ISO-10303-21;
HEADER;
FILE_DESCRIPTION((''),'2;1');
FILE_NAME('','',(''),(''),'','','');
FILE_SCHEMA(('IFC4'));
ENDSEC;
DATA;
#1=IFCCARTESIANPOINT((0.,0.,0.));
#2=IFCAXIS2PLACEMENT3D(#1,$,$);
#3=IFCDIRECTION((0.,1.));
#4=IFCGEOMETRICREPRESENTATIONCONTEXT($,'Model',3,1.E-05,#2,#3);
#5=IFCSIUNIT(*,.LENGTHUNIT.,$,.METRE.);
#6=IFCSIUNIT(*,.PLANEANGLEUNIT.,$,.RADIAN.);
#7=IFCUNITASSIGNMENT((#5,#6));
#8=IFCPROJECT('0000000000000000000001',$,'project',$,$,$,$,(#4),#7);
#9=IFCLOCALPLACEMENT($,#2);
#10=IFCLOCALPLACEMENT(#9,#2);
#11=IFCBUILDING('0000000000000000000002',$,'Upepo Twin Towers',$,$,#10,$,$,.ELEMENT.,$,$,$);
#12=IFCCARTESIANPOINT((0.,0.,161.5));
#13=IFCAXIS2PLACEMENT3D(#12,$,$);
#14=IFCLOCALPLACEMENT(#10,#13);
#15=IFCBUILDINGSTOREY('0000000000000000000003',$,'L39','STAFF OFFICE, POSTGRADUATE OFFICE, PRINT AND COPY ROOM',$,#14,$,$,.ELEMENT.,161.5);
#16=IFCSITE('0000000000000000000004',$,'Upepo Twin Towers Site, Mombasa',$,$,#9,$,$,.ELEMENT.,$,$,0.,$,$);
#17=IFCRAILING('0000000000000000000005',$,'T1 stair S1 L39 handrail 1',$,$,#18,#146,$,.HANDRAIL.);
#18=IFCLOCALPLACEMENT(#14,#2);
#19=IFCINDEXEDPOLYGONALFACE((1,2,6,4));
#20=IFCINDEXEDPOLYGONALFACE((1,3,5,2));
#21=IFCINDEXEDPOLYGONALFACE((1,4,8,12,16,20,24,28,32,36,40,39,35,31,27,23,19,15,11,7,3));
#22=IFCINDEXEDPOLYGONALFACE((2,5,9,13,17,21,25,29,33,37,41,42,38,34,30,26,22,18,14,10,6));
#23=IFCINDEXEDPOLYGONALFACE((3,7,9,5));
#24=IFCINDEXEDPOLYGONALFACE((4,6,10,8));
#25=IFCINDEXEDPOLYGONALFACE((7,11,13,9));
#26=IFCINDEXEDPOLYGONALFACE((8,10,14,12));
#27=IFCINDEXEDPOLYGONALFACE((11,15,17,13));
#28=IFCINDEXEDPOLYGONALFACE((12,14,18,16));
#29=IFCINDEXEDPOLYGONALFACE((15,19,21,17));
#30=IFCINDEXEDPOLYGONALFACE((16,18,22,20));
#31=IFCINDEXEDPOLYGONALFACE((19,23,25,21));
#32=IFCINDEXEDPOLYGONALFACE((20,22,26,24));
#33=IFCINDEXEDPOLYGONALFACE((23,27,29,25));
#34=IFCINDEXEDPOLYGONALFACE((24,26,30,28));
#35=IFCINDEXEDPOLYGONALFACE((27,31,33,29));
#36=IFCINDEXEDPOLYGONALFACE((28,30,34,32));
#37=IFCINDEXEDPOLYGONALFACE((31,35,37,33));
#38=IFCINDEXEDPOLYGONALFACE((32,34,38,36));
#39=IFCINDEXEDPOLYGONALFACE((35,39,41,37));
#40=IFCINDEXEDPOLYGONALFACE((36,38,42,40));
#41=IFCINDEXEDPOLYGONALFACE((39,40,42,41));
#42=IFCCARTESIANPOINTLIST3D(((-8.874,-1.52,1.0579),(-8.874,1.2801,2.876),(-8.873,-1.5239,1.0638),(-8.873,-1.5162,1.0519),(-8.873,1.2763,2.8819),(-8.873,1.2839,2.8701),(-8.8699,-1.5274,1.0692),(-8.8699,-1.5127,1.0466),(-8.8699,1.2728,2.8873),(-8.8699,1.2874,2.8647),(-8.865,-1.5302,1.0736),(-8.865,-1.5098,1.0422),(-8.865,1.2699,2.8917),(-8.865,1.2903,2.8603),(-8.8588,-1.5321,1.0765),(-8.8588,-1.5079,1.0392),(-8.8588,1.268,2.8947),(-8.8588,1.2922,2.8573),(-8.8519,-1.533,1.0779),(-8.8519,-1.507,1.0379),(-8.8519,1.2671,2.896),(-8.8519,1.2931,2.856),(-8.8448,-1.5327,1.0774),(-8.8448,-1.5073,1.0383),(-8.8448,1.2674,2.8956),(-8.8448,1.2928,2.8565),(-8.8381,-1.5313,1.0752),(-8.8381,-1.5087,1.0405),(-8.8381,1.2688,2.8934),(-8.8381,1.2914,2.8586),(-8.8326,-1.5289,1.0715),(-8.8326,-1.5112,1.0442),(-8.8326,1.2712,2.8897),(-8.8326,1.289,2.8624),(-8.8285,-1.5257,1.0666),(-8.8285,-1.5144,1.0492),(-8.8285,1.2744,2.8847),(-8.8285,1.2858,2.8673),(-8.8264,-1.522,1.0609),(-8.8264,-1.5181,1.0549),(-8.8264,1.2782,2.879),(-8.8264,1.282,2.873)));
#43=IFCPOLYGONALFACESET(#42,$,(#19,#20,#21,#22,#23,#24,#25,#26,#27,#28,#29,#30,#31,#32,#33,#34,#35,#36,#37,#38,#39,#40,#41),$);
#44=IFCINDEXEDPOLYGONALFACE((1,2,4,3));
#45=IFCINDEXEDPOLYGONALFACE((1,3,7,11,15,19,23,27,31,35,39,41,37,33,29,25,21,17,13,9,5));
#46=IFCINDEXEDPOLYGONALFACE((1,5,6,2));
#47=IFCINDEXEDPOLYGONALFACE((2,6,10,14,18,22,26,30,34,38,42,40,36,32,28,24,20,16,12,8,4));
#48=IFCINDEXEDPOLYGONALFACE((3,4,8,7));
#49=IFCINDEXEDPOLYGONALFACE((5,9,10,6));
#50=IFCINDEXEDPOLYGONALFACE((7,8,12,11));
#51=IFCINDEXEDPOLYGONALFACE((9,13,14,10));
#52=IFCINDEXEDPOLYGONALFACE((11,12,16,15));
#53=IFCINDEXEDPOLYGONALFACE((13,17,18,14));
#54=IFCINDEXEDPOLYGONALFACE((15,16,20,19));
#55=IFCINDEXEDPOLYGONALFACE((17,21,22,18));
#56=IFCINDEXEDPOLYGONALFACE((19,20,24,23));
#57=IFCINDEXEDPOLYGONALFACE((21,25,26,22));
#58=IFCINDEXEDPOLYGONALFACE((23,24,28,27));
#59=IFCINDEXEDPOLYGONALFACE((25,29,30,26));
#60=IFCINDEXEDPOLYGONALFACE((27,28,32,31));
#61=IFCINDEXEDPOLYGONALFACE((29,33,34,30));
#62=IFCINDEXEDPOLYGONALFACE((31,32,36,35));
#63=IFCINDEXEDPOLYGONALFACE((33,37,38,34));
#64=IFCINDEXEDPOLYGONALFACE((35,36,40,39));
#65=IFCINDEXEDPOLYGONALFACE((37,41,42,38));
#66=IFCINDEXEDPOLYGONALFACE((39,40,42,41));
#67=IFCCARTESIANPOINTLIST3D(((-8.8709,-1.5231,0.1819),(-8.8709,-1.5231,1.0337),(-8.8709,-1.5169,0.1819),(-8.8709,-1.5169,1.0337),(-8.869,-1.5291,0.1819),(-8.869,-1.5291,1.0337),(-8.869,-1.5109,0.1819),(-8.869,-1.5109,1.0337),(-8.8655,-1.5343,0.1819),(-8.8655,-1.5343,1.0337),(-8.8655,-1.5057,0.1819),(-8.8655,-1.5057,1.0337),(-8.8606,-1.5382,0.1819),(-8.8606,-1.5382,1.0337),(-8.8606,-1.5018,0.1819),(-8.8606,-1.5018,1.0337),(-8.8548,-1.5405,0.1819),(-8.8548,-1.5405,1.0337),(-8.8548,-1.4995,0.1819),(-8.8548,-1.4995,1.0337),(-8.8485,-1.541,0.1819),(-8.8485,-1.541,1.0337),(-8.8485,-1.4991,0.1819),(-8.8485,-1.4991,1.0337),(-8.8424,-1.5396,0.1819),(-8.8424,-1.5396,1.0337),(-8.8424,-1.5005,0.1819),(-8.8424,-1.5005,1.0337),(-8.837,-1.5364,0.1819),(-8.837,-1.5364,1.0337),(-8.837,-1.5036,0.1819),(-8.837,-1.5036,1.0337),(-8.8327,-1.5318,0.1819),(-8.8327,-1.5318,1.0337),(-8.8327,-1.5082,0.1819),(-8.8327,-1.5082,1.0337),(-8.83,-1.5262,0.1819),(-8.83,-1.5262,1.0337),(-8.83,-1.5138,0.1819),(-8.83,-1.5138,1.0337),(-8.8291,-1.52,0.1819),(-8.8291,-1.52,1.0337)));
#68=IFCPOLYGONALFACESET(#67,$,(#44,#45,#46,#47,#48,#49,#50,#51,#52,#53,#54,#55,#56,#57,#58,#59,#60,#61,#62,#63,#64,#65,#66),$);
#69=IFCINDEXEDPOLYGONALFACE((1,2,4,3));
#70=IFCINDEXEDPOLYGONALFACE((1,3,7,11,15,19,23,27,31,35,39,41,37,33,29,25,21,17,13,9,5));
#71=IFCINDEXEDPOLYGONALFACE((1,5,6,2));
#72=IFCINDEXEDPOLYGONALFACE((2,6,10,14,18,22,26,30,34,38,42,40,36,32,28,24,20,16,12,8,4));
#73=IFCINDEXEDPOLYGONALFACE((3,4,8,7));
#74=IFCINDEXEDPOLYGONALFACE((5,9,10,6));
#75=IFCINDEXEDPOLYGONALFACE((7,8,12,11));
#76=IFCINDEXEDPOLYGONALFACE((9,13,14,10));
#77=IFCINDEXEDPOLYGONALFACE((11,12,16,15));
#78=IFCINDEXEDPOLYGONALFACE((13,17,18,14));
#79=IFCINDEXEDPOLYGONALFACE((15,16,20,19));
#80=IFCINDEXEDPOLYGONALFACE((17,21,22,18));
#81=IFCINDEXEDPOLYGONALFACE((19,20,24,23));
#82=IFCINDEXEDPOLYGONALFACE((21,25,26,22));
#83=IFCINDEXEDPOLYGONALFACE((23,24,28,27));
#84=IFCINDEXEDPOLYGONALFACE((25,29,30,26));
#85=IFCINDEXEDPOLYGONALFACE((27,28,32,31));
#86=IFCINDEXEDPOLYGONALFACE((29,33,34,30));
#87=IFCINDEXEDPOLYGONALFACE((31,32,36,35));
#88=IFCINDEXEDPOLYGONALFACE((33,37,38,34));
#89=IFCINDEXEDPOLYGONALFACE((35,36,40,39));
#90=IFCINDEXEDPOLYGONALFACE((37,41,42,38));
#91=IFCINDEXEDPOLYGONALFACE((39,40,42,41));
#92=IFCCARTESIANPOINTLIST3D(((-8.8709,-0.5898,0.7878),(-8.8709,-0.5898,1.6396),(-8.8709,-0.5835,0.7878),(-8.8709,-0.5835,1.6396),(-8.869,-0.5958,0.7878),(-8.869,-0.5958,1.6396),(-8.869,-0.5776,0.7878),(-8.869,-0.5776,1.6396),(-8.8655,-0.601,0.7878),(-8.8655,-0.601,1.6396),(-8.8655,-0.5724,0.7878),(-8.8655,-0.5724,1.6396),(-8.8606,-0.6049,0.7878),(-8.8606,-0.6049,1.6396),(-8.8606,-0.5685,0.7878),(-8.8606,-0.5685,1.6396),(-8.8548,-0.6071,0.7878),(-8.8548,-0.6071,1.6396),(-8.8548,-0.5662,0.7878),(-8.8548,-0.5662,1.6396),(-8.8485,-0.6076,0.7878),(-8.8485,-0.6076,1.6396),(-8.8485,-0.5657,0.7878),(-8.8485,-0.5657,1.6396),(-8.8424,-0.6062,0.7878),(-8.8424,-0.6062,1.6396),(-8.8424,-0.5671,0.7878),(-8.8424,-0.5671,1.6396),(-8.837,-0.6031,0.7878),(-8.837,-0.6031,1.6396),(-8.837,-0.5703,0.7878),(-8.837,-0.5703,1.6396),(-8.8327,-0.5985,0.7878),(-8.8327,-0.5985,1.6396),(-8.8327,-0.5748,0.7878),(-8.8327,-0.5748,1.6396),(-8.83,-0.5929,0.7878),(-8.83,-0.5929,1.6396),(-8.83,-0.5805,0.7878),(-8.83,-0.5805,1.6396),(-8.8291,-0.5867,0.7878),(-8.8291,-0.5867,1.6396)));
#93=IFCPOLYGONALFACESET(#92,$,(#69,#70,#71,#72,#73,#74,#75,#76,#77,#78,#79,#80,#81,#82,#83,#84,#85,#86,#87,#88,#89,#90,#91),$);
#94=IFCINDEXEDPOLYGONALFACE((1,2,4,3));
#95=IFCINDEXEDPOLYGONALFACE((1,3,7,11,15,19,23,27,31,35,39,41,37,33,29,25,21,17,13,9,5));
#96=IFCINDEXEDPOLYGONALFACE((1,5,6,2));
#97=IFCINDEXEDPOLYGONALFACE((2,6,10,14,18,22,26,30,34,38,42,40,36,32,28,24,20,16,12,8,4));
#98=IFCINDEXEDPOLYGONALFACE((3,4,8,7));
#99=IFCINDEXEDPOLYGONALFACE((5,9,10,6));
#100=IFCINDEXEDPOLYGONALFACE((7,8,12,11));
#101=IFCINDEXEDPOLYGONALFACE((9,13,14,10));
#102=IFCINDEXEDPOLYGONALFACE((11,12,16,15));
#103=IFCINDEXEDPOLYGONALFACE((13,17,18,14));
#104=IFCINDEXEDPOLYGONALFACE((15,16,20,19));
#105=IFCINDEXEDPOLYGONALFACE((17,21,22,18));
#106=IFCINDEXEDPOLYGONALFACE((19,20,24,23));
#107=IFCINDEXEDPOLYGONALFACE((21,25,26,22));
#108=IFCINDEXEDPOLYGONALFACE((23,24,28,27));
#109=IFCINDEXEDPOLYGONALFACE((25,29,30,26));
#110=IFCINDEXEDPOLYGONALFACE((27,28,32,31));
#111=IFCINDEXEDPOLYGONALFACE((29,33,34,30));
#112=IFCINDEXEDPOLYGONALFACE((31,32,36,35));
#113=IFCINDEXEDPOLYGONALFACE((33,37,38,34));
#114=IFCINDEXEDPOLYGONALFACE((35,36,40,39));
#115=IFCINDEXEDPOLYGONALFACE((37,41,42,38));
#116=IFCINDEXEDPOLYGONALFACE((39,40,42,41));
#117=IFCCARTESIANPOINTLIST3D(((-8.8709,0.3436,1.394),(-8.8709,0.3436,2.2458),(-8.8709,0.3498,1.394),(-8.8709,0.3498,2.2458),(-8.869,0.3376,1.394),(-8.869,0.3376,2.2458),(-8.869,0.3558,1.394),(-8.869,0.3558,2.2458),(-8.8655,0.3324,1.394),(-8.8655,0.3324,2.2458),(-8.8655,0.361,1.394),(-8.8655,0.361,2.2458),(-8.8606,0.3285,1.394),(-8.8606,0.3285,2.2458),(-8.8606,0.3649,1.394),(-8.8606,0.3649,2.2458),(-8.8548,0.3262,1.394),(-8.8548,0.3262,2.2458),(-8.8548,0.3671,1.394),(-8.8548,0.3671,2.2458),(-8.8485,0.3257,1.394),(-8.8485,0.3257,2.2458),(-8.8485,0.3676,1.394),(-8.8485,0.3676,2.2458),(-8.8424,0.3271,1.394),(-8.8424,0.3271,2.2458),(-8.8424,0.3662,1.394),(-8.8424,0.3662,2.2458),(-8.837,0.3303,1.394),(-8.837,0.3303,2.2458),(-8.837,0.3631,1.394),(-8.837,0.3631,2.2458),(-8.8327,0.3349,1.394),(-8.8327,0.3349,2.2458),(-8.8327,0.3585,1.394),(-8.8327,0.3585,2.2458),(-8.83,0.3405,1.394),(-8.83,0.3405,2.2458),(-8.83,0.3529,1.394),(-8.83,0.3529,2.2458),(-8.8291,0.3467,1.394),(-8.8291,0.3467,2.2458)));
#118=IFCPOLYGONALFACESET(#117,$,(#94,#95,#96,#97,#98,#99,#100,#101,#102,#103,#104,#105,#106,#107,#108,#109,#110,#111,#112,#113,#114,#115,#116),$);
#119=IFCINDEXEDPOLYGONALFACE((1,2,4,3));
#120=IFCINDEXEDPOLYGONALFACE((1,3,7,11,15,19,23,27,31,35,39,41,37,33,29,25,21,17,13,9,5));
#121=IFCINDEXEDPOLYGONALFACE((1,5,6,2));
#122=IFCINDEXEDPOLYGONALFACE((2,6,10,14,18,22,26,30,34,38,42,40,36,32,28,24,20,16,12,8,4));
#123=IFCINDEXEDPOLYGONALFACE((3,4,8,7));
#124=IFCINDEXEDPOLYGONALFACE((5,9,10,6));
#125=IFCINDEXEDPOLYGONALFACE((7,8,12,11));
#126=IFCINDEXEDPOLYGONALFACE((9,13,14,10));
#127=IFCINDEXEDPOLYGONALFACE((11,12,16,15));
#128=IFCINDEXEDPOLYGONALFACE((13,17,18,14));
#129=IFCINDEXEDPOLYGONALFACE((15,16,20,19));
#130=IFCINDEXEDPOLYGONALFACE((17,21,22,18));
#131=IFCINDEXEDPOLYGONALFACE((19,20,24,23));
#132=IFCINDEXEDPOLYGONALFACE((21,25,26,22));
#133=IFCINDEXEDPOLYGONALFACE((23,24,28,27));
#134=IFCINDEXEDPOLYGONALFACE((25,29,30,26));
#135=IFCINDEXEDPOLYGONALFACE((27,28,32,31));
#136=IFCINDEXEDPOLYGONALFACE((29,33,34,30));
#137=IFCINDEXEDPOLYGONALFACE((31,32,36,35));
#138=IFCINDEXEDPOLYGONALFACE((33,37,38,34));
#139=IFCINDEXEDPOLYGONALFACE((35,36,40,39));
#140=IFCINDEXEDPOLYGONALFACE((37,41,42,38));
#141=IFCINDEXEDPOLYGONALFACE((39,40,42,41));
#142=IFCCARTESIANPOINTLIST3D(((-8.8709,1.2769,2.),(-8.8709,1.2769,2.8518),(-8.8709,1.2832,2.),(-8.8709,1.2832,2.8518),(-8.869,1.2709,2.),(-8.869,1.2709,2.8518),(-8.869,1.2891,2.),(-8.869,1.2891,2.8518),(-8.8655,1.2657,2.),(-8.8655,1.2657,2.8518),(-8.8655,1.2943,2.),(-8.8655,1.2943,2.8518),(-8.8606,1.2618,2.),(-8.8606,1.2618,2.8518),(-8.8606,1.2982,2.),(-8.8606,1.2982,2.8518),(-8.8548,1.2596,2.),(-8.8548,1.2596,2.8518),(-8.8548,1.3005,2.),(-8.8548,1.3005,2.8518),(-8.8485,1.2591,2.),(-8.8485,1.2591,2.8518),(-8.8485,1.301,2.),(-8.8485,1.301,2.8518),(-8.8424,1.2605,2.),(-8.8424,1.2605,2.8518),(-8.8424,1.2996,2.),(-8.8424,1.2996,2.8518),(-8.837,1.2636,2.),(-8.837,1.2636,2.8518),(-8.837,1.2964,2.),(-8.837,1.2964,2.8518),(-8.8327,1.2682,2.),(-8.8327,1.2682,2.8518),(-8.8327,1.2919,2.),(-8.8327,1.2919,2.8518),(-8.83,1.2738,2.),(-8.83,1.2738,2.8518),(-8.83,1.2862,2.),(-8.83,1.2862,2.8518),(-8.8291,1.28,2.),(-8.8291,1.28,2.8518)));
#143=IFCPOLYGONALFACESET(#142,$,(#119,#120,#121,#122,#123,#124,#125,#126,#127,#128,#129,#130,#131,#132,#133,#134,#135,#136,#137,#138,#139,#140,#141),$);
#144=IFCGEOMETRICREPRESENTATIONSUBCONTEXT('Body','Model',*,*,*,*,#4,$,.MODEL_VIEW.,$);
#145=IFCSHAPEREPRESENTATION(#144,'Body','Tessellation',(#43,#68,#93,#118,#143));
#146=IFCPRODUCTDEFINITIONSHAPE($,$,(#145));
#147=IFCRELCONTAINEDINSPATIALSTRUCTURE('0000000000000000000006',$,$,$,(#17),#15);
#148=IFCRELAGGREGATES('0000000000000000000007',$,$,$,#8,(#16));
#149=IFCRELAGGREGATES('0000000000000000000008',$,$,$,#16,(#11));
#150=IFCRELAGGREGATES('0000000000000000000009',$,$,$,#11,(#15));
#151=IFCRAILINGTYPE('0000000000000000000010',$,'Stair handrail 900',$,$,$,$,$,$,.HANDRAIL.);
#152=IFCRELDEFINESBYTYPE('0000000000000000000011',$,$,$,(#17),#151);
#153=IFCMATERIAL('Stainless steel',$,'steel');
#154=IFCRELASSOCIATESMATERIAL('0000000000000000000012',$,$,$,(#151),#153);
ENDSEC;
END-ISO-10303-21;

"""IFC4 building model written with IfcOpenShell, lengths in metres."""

from ifc_helpers import new_model, si_unit, direction, frame, origin, origin_2d, place, context, subcontext, project, spatial, circle, extrude, material, type_object, element, save


model = new_model("IFC4")

# Units and contexts
model_context = context("Model", 3, precision=1e-05, world=origin(), true_north=direction((0.0, 1.0)))
body_context = subcontext(model_context, "Body", "Model", "MODEL_VIEW")
ifc_project = project(units=[si_unit("LENGTHUNIT", "METRE"), si_unit("PLANEANGLEUNIT", "RADIAN")], contexts=[model_context])

# Site, building, storey
site_placement = place(None, origin())
site = spatial("IfcSite", under=ifc_project, at=site_placement, Name="Upepo Twin Towers Site, Mombasa", CompositionType="ELEMENT", RefElevation=0.0)
building_placement = place(site_placement, origin())
building = spatial("IfcBuilding", under=site, at=building_placement, Name="Upepo Twin Towers", CompositionType="ELEMENT")
storey_placement = place(building_placement, frame((0.0, 0.0, 161.5)))
storey = spatial("IfcBuildingStorey", under=building, at=storey_placement, Name="L39", Description="STAFF OFFICE, POSTGRADUATE OFFICE, PRINT AND COPY ROOM", CompositionType="ELEMENT", Elevation=161.5)

# Railing
ifc_material_1 = material(Name="Stainless steel", Category="steel")
railing_type = type_object("IfcRailingType", Name="Stair handrail 900", PredefinedType="HANDRAIL", material=ifc_material_1)
railing_1_placement = place(storey_placement, frame((-8.8501, -1.52, 0.1819)))
element("IfcRailing", 1, at=railing_1_placement, inside=storey, type_object=railing_type, Name="T1 stair S1 L39 handrail 1", PredefinedType="HANDRAIL", context=body_context, shape_type="SweptSolid", body=[
    extrude(circle(Radius=0.0239, at=origin_2d()), frame((0.0, 0.0, 0.876), z_axis=(0.0, 0.838706, 0.544585), x_axis=(-1.0, 0.0, 0.0)), (0.0, 0.0, 1.0), 3.3386),
    extrude(circle(Radius=0.021, at=origin_2d()), origin(), (0.0, 0.0, 1.0), 0.8518),
    extrude(circle(Radius=0.021, at=origin_2d()), frame((0.0, 0.9333, 0.606)), (0.0, 0.0, 1.0), 0.8518),
    extrude(circle(Radius=0.021, at=origin_2d()), frame((0.0, 1.8667, 1.2122)), (0.0, 0.0, 1.0), 0.8518),
    extrude(circle(Radius=0.021, at=origin_2d()), frame((0.0, 2.8, 1.8181)), (0.0, 0.0, 1.0), 0.8518),
])

save(model, "model.ifc")
